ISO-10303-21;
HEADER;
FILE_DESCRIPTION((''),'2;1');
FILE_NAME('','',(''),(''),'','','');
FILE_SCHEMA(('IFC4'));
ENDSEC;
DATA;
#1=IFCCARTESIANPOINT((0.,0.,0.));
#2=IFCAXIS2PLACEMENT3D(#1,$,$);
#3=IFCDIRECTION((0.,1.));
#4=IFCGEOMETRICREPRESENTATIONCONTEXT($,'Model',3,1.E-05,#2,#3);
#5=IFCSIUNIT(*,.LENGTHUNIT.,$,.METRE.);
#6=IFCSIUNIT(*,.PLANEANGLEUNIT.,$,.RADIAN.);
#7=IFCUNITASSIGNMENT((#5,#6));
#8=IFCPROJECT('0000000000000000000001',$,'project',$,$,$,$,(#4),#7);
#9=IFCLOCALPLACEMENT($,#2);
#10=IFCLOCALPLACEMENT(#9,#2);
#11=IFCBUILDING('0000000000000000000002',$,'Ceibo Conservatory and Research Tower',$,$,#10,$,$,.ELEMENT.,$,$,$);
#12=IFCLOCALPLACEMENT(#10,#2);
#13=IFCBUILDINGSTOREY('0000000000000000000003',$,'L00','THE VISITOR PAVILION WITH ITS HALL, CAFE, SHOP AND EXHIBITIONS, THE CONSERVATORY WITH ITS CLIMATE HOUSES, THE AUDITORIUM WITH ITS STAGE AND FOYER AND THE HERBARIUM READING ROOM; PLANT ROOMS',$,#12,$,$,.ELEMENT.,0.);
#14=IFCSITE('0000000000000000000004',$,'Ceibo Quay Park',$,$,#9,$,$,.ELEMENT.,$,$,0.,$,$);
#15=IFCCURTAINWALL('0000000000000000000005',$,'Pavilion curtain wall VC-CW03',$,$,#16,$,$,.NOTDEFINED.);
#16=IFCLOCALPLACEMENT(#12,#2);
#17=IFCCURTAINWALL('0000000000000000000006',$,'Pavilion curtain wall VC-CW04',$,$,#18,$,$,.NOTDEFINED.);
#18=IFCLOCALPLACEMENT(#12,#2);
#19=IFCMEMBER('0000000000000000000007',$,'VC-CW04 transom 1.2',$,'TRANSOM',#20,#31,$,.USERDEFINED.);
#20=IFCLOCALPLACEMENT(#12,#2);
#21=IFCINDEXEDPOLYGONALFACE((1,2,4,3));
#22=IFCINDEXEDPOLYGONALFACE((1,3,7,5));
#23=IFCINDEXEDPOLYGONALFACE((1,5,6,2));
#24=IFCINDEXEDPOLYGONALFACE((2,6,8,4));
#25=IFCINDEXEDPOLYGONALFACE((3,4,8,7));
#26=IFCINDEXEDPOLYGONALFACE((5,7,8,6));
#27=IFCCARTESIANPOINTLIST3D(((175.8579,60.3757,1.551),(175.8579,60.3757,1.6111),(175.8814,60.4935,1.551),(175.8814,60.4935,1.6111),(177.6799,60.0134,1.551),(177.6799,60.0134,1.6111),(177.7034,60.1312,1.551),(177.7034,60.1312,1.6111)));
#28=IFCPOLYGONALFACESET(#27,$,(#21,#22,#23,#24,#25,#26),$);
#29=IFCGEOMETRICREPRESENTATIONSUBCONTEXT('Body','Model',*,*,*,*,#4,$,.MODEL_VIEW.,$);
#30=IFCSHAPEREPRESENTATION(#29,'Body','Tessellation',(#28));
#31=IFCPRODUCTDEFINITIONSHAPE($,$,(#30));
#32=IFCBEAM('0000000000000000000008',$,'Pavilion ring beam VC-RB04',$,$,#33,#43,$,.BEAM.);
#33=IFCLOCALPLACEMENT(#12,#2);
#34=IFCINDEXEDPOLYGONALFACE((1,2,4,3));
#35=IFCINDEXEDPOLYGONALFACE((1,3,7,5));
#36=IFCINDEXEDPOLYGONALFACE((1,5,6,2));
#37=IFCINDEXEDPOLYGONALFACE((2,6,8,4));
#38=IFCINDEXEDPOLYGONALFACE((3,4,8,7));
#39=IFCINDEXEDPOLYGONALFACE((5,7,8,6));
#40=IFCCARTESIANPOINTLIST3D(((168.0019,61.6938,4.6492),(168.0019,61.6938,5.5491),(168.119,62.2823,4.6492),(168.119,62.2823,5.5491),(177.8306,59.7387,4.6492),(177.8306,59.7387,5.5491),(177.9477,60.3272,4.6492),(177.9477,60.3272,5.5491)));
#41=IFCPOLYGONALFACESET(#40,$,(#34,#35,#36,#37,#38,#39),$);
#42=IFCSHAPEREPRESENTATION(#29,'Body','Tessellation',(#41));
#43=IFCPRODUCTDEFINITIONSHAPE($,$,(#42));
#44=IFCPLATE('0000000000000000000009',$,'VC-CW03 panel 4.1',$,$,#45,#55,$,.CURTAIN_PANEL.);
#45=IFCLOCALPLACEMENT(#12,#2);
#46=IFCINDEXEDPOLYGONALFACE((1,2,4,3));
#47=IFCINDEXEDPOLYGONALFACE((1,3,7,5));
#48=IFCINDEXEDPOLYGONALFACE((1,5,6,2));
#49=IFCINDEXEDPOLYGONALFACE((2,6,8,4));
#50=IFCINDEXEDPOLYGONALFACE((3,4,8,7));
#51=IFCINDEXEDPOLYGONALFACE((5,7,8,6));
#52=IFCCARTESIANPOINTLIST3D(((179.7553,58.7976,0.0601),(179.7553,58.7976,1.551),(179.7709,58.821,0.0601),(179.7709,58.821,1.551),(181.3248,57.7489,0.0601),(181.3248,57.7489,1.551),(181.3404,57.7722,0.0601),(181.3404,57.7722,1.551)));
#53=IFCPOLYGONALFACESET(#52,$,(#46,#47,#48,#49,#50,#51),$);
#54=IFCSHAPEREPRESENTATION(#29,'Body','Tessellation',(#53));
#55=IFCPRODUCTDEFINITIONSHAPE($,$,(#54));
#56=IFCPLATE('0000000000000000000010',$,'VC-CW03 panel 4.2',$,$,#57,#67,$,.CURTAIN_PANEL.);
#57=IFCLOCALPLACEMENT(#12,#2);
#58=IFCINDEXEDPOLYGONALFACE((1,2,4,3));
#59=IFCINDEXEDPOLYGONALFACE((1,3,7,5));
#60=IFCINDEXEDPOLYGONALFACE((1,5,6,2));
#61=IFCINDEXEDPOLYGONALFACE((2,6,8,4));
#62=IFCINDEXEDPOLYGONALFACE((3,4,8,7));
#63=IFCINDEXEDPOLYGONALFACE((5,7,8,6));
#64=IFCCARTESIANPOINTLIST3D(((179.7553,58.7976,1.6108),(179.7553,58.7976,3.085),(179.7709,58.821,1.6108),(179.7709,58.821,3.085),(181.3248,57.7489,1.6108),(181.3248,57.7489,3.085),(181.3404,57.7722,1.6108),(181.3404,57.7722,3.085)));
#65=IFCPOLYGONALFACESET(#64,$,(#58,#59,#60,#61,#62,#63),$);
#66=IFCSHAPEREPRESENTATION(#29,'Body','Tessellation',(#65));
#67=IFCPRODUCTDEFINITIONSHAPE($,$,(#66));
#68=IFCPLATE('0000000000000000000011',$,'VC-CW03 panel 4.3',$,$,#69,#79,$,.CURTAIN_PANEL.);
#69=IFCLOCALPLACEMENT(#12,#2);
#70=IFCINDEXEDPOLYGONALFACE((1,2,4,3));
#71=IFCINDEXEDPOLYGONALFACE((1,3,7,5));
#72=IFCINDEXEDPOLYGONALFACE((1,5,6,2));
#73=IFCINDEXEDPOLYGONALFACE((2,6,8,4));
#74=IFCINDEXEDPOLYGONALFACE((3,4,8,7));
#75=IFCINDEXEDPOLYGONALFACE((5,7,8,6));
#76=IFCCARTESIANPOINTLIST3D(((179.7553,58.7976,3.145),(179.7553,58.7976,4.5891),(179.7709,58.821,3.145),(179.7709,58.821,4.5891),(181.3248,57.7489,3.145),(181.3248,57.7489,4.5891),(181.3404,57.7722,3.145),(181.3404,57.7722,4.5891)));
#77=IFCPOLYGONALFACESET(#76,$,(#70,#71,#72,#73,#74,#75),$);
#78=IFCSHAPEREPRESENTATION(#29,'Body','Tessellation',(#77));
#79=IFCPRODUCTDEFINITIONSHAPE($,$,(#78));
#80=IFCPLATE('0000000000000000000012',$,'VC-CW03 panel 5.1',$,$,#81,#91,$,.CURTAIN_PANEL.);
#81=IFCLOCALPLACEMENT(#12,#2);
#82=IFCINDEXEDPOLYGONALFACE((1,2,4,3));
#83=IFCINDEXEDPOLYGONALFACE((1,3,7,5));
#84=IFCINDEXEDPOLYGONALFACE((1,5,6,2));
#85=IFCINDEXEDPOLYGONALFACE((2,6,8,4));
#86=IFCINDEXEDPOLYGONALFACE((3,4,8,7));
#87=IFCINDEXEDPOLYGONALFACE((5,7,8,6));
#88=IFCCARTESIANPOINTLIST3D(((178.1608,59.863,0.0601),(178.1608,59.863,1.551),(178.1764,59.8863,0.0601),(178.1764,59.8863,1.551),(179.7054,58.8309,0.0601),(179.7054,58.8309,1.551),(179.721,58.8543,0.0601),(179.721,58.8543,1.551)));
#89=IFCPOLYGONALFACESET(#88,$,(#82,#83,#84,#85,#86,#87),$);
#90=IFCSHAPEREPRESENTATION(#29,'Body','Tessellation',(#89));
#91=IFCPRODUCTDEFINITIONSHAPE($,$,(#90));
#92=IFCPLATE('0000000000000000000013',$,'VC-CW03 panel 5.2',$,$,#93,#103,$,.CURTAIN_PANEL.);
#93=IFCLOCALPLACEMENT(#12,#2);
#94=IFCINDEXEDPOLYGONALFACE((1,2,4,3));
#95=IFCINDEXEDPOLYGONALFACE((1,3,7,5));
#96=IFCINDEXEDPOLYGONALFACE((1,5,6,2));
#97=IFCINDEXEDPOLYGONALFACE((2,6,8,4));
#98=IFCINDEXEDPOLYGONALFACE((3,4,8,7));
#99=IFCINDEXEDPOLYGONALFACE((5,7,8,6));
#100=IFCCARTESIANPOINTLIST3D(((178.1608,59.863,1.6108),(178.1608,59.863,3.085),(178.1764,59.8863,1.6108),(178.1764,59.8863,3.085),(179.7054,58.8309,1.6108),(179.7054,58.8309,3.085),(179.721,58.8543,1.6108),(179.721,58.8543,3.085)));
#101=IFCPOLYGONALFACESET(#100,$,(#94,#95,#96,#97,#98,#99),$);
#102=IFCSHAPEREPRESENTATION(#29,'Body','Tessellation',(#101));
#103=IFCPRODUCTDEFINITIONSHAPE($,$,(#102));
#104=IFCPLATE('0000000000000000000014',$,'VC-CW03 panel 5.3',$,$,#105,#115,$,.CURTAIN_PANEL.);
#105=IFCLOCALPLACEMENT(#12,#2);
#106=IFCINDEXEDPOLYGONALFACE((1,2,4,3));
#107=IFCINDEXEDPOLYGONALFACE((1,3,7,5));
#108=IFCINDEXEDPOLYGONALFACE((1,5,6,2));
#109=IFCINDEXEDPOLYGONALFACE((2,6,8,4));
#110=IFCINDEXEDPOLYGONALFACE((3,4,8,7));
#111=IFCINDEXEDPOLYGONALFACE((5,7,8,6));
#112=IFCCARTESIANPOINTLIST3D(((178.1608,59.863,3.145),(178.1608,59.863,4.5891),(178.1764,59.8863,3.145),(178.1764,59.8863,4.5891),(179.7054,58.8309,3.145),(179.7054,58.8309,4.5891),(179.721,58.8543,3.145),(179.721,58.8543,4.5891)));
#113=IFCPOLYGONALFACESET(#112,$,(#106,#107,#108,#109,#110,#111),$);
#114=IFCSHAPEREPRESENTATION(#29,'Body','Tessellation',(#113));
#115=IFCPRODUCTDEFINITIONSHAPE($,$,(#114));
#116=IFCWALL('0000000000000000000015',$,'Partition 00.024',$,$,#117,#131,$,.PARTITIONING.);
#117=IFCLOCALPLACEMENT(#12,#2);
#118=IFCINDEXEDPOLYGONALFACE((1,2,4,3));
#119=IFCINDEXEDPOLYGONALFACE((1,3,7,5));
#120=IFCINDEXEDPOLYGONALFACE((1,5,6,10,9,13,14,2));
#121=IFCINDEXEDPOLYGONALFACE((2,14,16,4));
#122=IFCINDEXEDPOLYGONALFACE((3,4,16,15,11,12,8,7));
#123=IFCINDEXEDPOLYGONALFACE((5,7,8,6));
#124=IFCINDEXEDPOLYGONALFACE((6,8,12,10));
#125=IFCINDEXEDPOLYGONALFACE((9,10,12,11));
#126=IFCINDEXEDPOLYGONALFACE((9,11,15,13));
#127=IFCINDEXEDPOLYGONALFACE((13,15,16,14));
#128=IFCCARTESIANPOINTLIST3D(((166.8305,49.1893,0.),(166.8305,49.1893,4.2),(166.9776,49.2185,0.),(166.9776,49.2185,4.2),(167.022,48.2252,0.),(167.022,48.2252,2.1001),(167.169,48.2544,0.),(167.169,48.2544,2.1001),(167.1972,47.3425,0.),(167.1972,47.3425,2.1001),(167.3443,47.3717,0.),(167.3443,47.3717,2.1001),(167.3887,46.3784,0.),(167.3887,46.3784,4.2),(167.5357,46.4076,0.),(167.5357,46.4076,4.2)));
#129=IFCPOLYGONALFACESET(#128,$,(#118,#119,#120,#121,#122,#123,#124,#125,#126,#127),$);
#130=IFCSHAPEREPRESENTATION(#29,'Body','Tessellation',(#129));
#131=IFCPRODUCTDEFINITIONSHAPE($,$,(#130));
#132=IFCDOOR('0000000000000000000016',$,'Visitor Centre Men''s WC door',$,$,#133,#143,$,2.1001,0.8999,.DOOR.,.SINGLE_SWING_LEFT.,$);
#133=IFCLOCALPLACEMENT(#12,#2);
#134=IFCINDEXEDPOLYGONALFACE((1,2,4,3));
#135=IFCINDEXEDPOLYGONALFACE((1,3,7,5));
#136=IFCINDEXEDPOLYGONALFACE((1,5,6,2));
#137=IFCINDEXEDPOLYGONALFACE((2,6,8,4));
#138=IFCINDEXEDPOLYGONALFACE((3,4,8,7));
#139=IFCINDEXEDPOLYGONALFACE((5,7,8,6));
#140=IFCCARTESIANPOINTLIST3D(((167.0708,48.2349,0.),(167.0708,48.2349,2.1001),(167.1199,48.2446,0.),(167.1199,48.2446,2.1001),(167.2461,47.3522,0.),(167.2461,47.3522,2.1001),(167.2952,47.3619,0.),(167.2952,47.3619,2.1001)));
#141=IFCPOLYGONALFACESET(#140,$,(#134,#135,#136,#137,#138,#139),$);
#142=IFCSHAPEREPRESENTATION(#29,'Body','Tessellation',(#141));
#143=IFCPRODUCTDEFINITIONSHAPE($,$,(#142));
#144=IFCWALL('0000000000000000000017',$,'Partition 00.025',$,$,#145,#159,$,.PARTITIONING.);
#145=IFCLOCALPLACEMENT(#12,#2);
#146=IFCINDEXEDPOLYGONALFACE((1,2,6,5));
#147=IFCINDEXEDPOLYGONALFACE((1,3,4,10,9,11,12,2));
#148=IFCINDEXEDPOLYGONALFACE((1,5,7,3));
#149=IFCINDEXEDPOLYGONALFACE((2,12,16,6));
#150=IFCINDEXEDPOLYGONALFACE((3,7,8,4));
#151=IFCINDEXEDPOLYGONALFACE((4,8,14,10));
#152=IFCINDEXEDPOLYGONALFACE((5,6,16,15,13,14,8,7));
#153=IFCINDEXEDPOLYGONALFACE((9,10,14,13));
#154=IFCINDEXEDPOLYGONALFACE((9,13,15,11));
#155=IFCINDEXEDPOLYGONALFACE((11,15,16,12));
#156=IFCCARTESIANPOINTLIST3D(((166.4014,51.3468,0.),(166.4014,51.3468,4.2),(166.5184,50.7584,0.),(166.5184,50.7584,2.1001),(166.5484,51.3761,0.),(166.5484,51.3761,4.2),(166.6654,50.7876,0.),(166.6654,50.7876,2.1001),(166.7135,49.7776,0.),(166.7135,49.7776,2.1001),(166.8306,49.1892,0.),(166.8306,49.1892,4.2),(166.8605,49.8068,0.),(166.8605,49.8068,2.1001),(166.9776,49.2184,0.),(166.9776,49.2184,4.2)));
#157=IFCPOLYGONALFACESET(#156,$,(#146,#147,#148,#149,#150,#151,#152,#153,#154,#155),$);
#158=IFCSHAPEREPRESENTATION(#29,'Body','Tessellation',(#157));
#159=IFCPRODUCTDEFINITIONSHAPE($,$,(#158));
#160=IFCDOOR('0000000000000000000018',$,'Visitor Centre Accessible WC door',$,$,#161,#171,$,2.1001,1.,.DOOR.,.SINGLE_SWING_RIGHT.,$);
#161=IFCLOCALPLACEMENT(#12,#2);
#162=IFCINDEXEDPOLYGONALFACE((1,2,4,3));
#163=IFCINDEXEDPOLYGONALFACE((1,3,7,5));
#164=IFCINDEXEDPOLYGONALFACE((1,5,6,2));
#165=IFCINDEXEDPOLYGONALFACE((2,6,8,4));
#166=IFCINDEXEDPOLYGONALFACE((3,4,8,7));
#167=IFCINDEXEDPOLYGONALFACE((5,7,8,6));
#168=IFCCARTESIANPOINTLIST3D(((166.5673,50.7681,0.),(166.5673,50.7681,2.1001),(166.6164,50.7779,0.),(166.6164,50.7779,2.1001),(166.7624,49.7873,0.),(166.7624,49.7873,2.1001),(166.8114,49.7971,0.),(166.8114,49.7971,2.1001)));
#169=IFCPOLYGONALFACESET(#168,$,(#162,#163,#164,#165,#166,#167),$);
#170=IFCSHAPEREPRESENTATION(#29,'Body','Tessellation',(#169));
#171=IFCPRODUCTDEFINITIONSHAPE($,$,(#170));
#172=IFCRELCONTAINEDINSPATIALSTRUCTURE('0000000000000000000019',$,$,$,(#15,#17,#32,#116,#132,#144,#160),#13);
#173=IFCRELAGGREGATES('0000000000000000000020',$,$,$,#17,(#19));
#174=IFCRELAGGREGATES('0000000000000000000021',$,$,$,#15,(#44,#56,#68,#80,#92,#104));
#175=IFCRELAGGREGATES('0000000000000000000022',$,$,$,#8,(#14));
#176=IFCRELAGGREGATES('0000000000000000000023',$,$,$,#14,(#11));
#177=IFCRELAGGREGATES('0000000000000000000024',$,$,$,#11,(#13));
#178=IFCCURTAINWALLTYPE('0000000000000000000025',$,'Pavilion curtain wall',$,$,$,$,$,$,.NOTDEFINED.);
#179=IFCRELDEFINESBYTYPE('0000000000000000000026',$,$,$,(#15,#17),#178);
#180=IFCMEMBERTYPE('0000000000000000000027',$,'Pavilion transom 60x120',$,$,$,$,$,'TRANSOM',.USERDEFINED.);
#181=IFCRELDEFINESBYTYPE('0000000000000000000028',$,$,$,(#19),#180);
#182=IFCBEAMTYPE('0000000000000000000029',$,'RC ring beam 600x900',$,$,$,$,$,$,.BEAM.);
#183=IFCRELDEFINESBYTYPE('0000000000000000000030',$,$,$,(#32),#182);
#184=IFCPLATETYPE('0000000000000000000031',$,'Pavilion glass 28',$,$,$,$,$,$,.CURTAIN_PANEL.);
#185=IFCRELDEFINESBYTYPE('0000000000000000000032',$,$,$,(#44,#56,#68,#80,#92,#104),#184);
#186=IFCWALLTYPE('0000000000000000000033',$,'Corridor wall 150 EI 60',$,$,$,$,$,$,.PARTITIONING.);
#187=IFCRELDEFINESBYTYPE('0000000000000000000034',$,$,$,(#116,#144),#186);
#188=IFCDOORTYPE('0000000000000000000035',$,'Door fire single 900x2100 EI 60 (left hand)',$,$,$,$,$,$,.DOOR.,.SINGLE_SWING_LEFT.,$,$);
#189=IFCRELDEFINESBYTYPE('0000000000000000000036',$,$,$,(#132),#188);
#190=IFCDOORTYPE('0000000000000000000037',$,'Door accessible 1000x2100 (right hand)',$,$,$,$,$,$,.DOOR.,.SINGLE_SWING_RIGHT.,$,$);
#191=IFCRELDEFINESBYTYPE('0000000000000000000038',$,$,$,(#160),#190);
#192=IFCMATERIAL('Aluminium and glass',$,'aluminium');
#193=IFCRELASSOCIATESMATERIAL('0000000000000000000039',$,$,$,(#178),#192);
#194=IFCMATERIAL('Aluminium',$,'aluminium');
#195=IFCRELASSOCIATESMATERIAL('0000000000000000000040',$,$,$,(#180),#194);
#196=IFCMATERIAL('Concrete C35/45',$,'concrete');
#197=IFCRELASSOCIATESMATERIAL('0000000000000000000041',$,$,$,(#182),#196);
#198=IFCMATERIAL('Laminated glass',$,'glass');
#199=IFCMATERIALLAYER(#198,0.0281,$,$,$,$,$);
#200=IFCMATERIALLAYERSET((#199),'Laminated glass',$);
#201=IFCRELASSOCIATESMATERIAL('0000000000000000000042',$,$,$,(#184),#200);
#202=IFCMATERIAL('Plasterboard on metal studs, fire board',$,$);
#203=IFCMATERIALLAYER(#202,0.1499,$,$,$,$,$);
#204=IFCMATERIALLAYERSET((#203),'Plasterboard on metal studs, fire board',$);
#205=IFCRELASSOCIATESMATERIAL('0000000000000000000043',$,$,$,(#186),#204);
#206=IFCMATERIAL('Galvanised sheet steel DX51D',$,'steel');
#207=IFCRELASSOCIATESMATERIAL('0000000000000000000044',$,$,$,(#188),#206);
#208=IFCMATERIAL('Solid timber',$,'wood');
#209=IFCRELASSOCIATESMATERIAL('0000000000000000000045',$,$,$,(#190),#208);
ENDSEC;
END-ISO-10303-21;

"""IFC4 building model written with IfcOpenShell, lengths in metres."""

from ifc_helpers import new_model, si_unit, direction, frame, frame_2d, origin, origin_2d, place, context, subcontext, project, spatial, rectangle, extrude, material, layer, layer_set, material_profile, profile_set, type_object, element, fill, aggregate, save


model = new_model("IFC4")

# Units and contexts
model_context = context("Model", 3, precision=1e-05, world=origin(), true_north=direction((0.0, 1.0)))
body_context = subcontext(model_context, "Body", "Model", "MODEL_VIEW")
ifc_project = project(units=[si_unit("LENGTHUNIT", "METRE"), si_unit("PLANEANGLEUNIT", "RADIAN")], contexts=[model_context])

# Site, building, storey
site_placement = place(None, origin())
site = spatial("IfcSite", under=ifc_project, at=site_placement, Name="Ceibo Quay Park", CompositionType="ELEMENT", RefElevation=0.0)
building_placement = place(site_placement, origin())
building = spatial("IfcBuilding", under=site, at=building_placement, Name="Ceibo Conservatory and Research Tower", CompositionType="ELEMENT")
storey_placement = place(building_placement, origin())
storey = spatial("IfcBuildingStorey", under=building, at=storey_placement, Name="L00", Description="THE VISITOR PAVILION WITH ITS HALL, CAFE, SHOP AND EXHIBITIONS, THE CONSERVATORY WITH ITS CLIMATE HOUSES, THE AUDITORIUM WITH ITS STAGE AND FOYER AND THE HERBARIUM READING ROOM; PLANT ROOMS", CompositionType="ELEMENT", Elevation=0.0)

# Shared definitions
ifc_material_1 = material(Name="Concrete C35/45", Category="concrete")

# Curtain wall
ifc_material_2 = material(Name="Aluminium and glass", Category="aluminium")
curtain_wall_type = type_object("IfcCurtainWallType", Name="Pavilion curtain wall", PredefinedType="NOTDEFINED", material=ifc_material_2)
curtain_wall_1_placement = place(storey_placement, origin())
curtain_wall_1 = element("IfcCurtainWall", 1, at=curtain_wall_1_placement, inside=storey, type_object=curtain_wall_type, Name="Pavilion curtain wall VC-CW03", PredefinedType="NOTDEFINED")
ifc_material_3 = material(Name="Aluminium", Category="aluminium")

# Curtain wall
curtain_wall_2_placement = place(storey_placement, origin())
curtain_wall_2 = element("IfcCurtainWall", 2, at=curtain_wall_2_placement, inside=storey, type_object=curtain_wall_type, Name="Pavilion curtain wall VC-CW04", PredefinedType="NOTDEFINED")

# Member
ifc_material_profile_1 = material_profile(ifc_material_3, rectangle(XDim=0.1201, YDim=0.0601, at=origin_2d()), Name="AL 60x120")
ifc_profile_set_1 = profile_set([ifc_material_profile_1], Name="Aluminium")
member_type_1 = type_object("IfcMemberType", Name="Pavilion transom 60x120", ElementType="TRANSOM", PredefinedType="USERDEFINED", material=ifc_profile_set_1)
member_1_placement = place(storey_placement, frame((177.6917, 60.0723, 1.5811), z_axis=(-0.980797, 0.195029, 0.0), x_axis=(-0.195029, -0.980797, 0.0)))
member_1 = element("IfcMember", 3, at=member_1_placement, type_object=member_type_1, Name="VC-CW04 transom 1.2", ObjectType="TRANSOM", PredefinedType="USERDEFINED", context=body_context, shape_type="SweptSolid", body=[
    extrude(rectangle(XDim=0.1201, YDim=0.0601, at=origin_2d()), origin(), (0.0, 0.0, 1.0), 1.8577),
])
aggregate(curtain_wall_2, [member_1])

# Beam
ifc_material_profile_2 = material_profile(ifc_material_1, rectangle(XDim=0.6001, YDim=0.8999, at=origin_2d()), Name="RC 600x900")
ifc_profile_set_2 = profile_set([ifc_material_profile_2], Name="Concrete C35/45")
beam_type = type_object("IfcBeamType", Name="RC ring beam 600x900", PredefinedType="BEAM", material=ifc_profile_set_2)
beam_placement = place(storey_placement, frame((177.8892, 60.033, 5.0991), z_axis=(-0.980784, 0.195095, 0.0), x_axis=(-0.195095, -0.980784, 0.0)))
element("IfcBeam", 4, at=beam_placement, inside=storey, type_object=beam_type, Name="Pavilion ring beam VC-RB04", PredefinedType="BEAM", context=body_context, shape_type="SweptSolid", body=[
    extrude(rectangle(XDim=0.6001, YDim=0.8999, at=origin_2d()), origin(), (0.0, 0.0, 1.0), 10.0212),
])

# Plates
ifc_material_4 = material(Name="Laminated glass", Category="glass")
ifc_layer_1 = layer(ifc_material_4, 0.0281)
ifc_layer_set_1 = layer_set([ifc_layer_1], Name="Laminated glass")
plate_type = type_object("IfcPlateType", Name="Pavilion glass 28", PredefinedType="CURTAIN_PANEL", material=ifc_layer_set_1)
plate_1_placement = place(storey_placement, frame((180.5479, 58.2849, 0.0601), z_axis=(0.0, 0.0, 1.0), x_axis=(-0.83147, 0.55557, 0.0)))
plate_1 = element("IfcPlate", 5, at=plate_1_placement, type_object=plate_type, Name="VC-CW03 panel 4.1", PredefinedType="CURTAIN_PANEL", context=body_context, shape_type="SweptSolid", body=[
    extrude(rectangle(XDim=1.8877, YDim=0.0281, at=origin_2d()), origin(), (0.0, 0.0, 1.0), 1.491),
])
plate_2_placement = place(storey_placement, frame((180.5479, 58.2849, 1.6108), z_axis=(0.0, 0.0, 1.0), x_axis=(-0.83147, 0.55557, 0.0)))
plate_2 = element("IfcPlate", 6, at=plate_2_placement, type_object=plate_type, Name="VC-CW03 panel 4.2", PredefinedType="CURTAIN_PANEL", context=body_context, shape_type="SweptSolid", body=[
    extrude(rectangle(XDim=1.8877, YDim=0.0281, at=origin_2d()), origin(), (0.0, 0.0, 1.0), 1.4741),
])
plate_3_placement = place(storey_placement, frame((180.5479, 58.2849, 3.145), z_axis=(0.0, 0.0, 1.0), x_axis=(-0.83147, 0.55557, 0.0)))
plate_3 = element("IfcPlate", 7, at=plate_3_placement, type_object=plate_type, Name="VC-CW03 panel 4.3", PredefinedType="CURTAIN_PANEL", context=body_context, shape_type="SweptSolid", body=[
    extrude(rectangle(XDim=1.8877, YDim=0.0281, at=origin_2d()), origin(), (0.0, 0.0, 1.0), 1.4441),
])
plate_4_placement = place(storey_placement, frame((178.9409, 59.3586, 0.0601), z_axis=(0.0, 0.0, 1.0), x_axis=(-0.83147, 0.55557, 0.0)))
plate_4 = element("IfcPlate", 8, at=plate_4_placement, type_object=plate_type, Name="VC-CW03 panel 5.1", PredefinedType="CURTAIN_PANEL", context=body_context, shape_type="SweptSolid", body=[
    extrude(rectangle(XDim=1.8577, YDim=0.0281, at=origin_2d()), origin(), (0.0, 0.0, 1.0), 1.491),
])
plate_5_placement = place(storey_placement, frame((178.9409, 59.3586, 1.6108), z_axis=(0.0, 0.0, 1.0), x_axis=(-0.83147, 0.55557, 0.0)))
plate_5 = element("IfcPlate", 9, at=plate_5_placement, type_object=plate_type, Name="VC-CW03 panel 5.2", PredefinedType="CURTAIN_PANEL", context=body_context, shape_type="SweptSolid", body=[
    extrude(rectangle(XDim=1.8577, YDim=0.0281, at=origin_2d()), origin(), (0.0, 0.0, 1.0), 1.4741),
])
plate_6_placement = place(storey_placement, frame((178.9409, 59.3586, 3.145), z_axis=(0.0, 0.0, 1.0), x_axis=(-0.83147, 0.55557, 0.0)))
plate_6 = element("IfcPlate", 10, at=plate_6_placement, type_object=plate_type, Name="VC-CW03 panel 5.3", PredefinedType="CURTAIN_PANEL", context=body_context, shape_type="SweptSolid", body=[
    extrude(rectangle(XDim=1.8577, YDim=0.0281, at=origin_2d()), origin(), (0.0, 0.0, 1.0), 1.4441),
])
aggregate(curtain_wall_1, [plate_1, plate_2, plate_3, plate_4, plate_5, plate_6])

# Walls, openings, doors
ifc_material_5 = material(Name="Plasterboard on metal studs, fire board")
ifc_layer_2 = layer(ifc_material_5, 0.1499)
ifc_layer_set_2 = layer_set([ifc_layer_2], Name="Plasterboard on metal studs, fire board")
wall_type = type_object("IfcWallType", Name="Corridor wall 150 EI 60", PredefinedType="PARTITIONING", material=ifc_layer_set_2)
wall_1_placement = place(storey_placement, frame((166.9041, 49.2039, 0.0), z_axis=(0.0, 0.0, 1.0), x_axis=(0.194756, -0.980852, 0.0)))
wall_1 = element("IfcWall", 11, at=wall_1_placement, inside=storey, type_object=wall_type, Name="Partition 00.024", PredefinedType="PARTITIONING", context=body_context, shape_type="SweptSolid", body=[
    extrude(rectangle(XDim=2.8657, YDim=0.1499, at=frame_2d((1.4329, 0.0))), origin(), (0.0, 0.0, 1.0), 4.2),
])
opening_1_placement = place(wall_1_placement, frame((0.9829, 0.0, 0.0)))
opening_1 = element("IfcOpeningElement", 12, at=opening_1_placement, cuts=wall_1, PredefinedType="OPENING", context=body_context, shape_type="SweptSolid", body=[
    extrude(rectangle(XDim=0.8999, YDim=2.1001, at=frame_2d((0.45, 1.05))), frame((0.0, 0.085, 0.0), z_axis=(0.0, -1.0, 0.0), x_axis=(1.0, 0.0, 0.0)), (0.0, 0.0, 1.0), 0.1699),
])
ifc_material_6 = material(Name="Galvanised sheet steel DX51D", Category="steel")
door_type_1 = type_object("IfcDoorType", Name="Door fire single 900x2100 EI 60 (left hand)", OperationType="SINGLE_SWING_LEFT", PredefinedType="DOOR", material=ifc_material_6)
door_1_placement = place(opening_1_placement, origin())
door_1 = element("IfcDoor", 13, at=door_1_placement, inside=storey, type_object=door_type_1, Name="Visitor Centre Men's WC door", OperationType="SINGLE_SWING_LEFT", OverallHeight=2.1001, OverallWidth=0.8999, PredefinedType="DOOR", context=body_context, shape_type="SweptSolid", body=[
    extrude(rectangle(XDim=0.8999, YDim=2.1001, at=frame_2d((0.45, 1.05))), frame((0.0, 0.0249, 0.0), z_axis=(0.0, -1.0, 0.0), x_axis=(1.0, 0.0, 0.0)), (0.0, 0.0, 1.0), 0.05),
])
fill(opening_1, door_1)
wall_2_placement = place(storey_placement, frame((166.4749, 51.3616, 0.0), z_axis=(0.0, 0.0, 1.0), x_axis=(0.195092, -0.980785, 0.0)))
wall_2 = element("IfcWall", 14, at=wall_2_placement, inside=storey, type_object=wall_type, Name="Partition 00.025", PredefinedType="PARTITIONING", context=body_context, shape_type="SweptSolid", body=[
    extrude(rectangle(XDim=2.2, YDim=0.1499, at=frame_2d((1.1001, 0.0))), origin(), (0.0, 0.0, 1.0), 4.2),
])
opening_2_placement = place(wall_2_placement, frame((0.6001, 0.0, 0.0)))
opening_2 = element("IfcOpeningElement", 15, at=opening_2_placement, cuts=wall_2, PredefinedType="OPENING", context=body_context, shape_type="SweptSolid", body=[
    extrude(rectangle(XDim=1.0, YDim=2.1001, at=frame_2d((0.5, 1.05))), frame((0.0, 0.085, 0.0), z_axis=(0.0, -1.0, 0.0), x_axis=(1.0, 0.0, 0.0)), (0.0, 0.0, 1.0), 0.1699),
])
ifc_material_7 = material(Name="Solid timber", Category="wood")
door_type_2 = type_object("IfcDoorType", Name="Door accessible 1000x2100 (right hand)", OperationType="SINGLE_SWING_RIGHT", PredefinedType="DOOR", material=ifc_material_7)
door_2_placement = place(opening_2_placement, origin())
door_2 = element("IfcDoor", 16, at=door_2_placement, inside=storey, type_object=door_type_2, Name="Visitor Centre Accessible WC door", OperationType="SINGLE_SWING_RIGHT", OverallHeight=2.1001, OverallWidth=1.0, PredefinedType="DOOR", context=body_context, shape_type="SweptSolid", body=[
    extrude(rectangle(XDim=1.0, YDim=2.1001, at=frame_2d((0.5, 1.05))), frame((0.0, 0.0249, 0.0), z_axis=(0.0, -1.0, 0.0), x_axis=(1.0, 0.0, 0.0)), (0.0, 0.0, 1.0), 0.05),
])
fill(opening_2, door_2)

save(model, "model.ifc")
